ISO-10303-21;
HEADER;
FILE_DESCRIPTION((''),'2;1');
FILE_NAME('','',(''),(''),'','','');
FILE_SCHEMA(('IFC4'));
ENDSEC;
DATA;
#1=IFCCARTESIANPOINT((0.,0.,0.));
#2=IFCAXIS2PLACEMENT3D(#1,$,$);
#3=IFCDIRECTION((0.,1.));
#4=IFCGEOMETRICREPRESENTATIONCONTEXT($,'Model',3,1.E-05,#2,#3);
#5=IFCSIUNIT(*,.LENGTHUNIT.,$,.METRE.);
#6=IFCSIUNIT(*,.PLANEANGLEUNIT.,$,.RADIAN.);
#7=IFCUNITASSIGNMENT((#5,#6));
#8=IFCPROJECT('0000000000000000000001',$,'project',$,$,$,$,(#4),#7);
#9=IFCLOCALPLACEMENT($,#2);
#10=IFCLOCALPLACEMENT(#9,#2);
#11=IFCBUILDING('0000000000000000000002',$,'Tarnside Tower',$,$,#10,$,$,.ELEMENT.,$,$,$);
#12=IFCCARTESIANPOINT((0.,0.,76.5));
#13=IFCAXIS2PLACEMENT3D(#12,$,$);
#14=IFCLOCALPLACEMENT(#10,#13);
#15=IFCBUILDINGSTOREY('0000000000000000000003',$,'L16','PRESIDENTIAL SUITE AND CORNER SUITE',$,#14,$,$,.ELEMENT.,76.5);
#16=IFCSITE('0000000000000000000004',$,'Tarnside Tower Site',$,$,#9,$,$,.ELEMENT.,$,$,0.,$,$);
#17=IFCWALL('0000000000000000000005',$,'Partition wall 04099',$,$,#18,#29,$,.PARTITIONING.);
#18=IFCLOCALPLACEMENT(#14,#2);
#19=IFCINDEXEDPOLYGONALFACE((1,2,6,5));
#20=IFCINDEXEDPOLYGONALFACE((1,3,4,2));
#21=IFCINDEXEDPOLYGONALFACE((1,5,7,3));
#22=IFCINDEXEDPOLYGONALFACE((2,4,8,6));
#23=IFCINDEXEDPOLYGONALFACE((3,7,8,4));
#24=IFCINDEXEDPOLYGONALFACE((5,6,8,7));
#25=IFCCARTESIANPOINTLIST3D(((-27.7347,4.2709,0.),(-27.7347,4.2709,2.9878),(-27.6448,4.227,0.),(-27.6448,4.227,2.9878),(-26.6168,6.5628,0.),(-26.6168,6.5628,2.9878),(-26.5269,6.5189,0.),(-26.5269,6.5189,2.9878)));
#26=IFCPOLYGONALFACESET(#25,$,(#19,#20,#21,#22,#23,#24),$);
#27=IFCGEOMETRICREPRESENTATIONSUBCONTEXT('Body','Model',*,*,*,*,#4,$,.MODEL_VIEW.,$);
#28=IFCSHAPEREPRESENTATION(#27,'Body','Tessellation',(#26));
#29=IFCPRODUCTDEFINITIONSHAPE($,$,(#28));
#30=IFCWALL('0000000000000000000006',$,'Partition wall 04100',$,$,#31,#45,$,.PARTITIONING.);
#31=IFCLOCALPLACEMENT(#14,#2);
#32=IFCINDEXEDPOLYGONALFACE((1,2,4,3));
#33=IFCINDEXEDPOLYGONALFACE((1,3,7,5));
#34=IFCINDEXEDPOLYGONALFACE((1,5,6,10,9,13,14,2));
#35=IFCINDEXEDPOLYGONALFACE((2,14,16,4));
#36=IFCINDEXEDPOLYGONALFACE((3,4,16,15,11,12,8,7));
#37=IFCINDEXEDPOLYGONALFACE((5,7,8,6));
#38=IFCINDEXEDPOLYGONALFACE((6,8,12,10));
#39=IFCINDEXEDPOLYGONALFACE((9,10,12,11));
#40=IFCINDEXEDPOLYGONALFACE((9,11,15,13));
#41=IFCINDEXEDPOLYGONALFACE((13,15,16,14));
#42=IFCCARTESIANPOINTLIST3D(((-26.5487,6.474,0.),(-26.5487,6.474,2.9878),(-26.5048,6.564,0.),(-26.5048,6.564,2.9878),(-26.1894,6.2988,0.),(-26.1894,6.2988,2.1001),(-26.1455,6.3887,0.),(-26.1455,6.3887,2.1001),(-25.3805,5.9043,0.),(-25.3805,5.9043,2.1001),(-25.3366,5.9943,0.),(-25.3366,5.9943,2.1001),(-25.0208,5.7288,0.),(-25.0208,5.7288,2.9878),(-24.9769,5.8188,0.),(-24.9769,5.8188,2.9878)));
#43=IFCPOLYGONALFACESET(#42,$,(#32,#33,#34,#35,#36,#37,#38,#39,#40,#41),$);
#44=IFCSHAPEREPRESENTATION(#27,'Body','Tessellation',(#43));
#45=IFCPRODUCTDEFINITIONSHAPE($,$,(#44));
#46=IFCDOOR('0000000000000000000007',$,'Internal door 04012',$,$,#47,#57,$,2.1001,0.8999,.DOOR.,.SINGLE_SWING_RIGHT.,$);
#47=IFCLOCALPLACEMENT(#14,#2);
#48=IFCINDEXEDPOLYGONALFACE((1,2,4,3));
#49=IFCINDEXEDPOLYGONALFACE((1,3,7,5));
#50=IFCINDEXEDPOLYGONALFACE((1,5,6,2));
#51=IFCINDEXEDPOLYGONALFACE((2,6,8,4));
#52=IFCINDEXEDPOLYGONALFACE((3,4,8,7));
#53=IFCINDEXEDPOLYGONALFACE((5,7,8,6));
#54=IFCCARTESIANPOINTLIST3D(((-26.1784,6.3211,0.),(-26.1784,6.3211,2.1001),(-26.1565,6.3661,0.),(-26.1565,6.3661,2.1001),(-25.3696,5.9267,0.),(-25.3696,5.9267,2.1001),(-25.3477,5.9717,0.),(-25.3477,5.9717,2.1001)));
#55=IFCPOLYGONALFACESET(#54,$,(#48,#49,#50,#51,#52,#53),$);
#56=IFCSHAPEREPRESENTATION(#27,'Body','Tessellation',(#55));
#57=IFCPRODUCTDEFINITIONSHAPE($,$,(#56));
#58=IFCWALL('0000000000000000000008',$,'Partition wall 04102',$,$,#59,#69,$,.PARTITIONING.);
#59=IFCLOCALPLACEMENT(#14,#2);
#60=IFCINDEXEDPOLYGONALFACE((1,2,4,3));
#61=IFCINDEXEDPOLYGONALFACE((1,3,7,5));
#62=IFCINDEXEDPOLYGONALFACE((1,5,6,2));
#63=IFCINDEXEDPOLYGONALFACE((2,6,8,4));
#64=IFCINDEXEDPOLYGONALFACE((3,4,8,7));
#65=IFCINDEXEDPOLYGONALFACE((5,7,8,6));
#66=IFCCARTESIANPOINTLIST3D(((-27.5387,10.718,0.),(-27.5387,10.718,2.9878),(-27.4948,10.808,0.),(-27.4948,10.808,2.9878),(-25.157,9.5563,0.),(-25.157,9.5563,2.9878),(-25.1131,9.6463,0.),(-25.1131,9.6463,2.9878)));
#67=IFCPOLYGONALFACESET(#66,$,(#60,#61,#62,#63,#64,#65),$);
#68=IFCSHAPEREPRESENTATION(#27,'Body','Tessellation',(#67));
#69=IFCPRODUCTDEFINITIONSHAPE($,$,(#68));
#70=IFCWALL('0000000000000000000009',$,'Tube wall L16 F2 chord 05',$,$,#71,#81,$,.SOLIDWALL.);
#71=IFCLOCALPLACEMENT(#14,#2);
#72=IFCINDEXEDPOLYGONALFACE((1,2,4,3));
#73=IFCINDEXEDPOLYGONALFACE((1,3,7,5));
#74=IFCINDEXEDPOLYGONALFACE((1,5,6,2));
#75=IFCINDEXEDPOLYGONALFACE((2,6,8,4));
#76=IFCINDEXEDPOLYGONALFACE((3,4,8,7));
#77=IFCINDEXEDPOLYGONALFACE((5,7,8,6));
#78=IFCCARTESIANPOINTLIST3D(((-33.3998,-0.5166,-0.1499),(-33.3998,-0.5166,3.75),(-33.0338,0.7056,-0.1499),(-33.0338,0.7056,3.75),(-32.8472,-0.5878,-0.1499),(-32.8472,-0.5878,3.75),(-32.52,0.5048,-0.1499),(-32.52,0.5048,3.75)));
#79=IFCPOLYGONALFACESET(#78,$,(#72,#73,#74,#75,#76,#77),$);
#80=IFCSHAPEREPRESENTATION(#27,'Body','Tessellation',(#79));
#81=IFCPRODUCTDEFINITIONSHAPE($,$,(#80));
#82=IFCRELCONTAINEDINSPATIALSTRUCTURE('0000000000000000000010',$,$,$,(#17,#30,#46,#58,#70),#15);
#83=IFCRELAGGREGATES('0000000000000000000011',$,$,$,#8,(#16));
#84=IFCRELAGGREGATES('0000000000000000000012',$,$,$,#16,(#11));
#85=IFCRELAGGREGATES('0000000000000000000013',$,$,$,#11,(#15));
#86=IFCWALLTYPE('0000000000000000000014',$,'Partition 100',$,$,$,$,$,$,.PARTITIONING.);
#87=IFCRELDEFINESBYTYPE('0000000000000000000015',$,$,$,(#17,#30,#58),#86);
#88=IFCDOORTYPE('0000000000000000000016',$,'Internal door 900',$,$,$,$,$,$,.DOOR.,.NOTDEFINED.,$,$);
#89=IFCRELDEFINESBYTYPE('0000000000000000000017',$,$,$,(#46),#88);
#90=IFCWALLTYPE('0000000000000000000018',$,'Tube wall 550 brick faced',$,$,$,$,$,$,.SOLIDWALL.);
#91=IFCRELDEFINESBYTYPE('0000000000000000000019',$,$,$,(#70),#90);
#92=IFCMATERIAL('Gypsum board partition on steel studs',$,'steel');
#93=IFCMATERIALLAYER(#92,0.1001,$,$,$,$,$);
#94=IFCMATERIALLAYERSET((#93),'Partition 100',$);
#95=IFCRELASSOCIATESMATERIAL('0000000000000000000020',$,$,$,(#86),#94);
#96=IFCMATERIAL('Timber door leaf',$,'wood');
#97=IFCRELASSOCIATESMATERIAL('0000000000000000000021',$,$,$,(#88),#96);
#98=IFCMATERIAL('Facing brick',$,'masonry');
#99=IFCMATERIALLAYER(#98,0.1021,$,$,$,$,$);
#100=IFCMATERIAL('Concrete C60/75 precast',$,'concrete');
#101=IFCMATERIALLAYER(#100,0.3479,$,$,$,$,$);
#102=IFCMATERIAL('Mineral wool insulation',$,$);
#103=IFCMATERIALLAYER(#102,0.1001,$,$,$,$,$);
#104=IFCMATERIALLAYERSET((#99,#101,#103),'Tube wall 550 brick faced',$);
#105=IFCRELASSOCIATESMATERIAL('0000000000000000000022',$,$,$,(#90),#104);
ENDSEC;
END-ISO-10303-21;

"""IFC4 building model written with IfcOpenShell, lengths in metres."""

from ifc_helpers import new_model, si_unit, direction, frame, frame_2d, origin, place, context, subcontext, project, spatial, polyline, rectangle, outline, extrude, material, layer, layer_set, type_object, element, fill, save


model = new_model("IFC4")

# Units and contexts
model_context = context("Model", 3, precision=1e-05, world=origin(), true_north=direction((0.0, 1.0)))
body_context = subcontext(model_context, "Body", "Model", "MODEL_VIEW")
ifc_project = project(units=[si_unit("LENGTHUNIT", "METRE"), si_unit("PLANEANGLEUNIT", "RADIAN")], contexts=[model_context])

# Site, building, storey
site_placement = place(None, origin())
site = spatial("IfcSite", under=ifc_project, at=site_placement, Name="Tarnside Tower Site", CompositionType="ELEMENT", RefElevation=0.0)
building_placement = place(site_placement, origin())
building = spatial("IfcBuilding", under=site, at=building_placement, Name="Tarnside Tower", CompositionType="ELEMENT")
storey_placement = place(building_placement, frame((0.0, 0.0, 76.5)))
storey = spatial("IfcBuildingStorey", under=building, at=storey_placement, Name="L16", Description="PRESIDENTIAL SUITE AND CORNER SUITE", CompositionType="ELEMENT", Elevation=76.5)

# Shared definitions
ifc_material_1 = material(Name="Gypsum board partition on steel studs", Category="steel")

# Shared definitions
ifc_material_2 = material(Name="Timber door leaf", Category="wood")

# Wall
ifc_layer_1 = layer(ifc_material_1, 0.1001)
ifc_layer_set_1 = layer_set([ifc_layer_1], Name="Partition 100")
wall_type_1 = type_object("IfcWallType", Name="Partition 100", PredefinedType="PARTITIONING", material=ifc_layer_set_1)
wall_1_placement = place(storey_placement, frame((-27.6897, 4.249, 0.0), z_axis=(0.0, 0.0, 1.0), x_axis=(0.438384, 0.898788, 0.0)))
element("IfcWall", 1, at=wall_1_placement, inside=storey, type_object=wall_type_1, Name="Partition wall 04099", PredefinedType="PARTITIONING", context=body_context, shape_type="SweptSolid", body=[
    extrude(rectangle(XDim=2.55, YDim=0.1001, at=frame_2d((1.2749, 0.0))), origin(), (0.0, 0.0, 1.0), 2.9878),
])

# Wall, opening, door
wall_2_placement = place(storey_placement, frame((-26.5269, 6.519, 0.0), z_axis=(0.0, 0.0, 1.0), x_axis=(0.898807, -0.438344, 0.0)))
wall_2 = element("IfcWall", 2, at=wall_2_placement, inside=storey, type_object=wall_type_1, Name="Partition wall 04100", PredefinedType="PARTITIONING", context=body_context, shape_type="SweptSolid", body=[
    extrude(rectangle(XDim=1.7, YDim=0.1001, at=frame_2d((0.8501, 0.0))), origin(), (0.0, 0.0, 1.0), 2.9878),
])
opening_1_placement = place(wall_2_placement, frame((0.3999, 0.0, 0.0)))
opening_1 = element("IfcOpeningElement", 3, at=opening_1_placement, cuts=wall_2, PredefinedType="OPENING", context=body_context, shape_type="SweptSolid", body=[
    extrude(rectangle(XDim=0.8999, YDim=2.1001, at=frame_2d((0.45, 1.05))), frame((0.0, 0.0601, 0.0), z_axis=(0.0, -1.0, 0.0), x_axis=(1.0, 0.0, 0.0)), (0.0, 0.0, 1.0), 0.1201),
])
door_type_1 = type_object("IfcDoorType", Name="Internal door 900", OperationType="NOTDEFINED", PredefinedType="DOOR", material=ifc_material_2)
door_1_placement = place(opening_1_placement, origin())
door_1 = element("IfcDoor", 4, at=door_1_placement, inside=storey, type_object=door_type_1, Name="Internal door 04012", OperationType="SINGLE_SWING_RIGHT", OverallHeight=2.1001, OverallWidth=0.8999, PredefinedType="DOOR", context=body_context, shape_type="SweptSolid", body=[
    extrude(rectangle(XDim=0.8999, YDim=2.1001, at=frame_2d((0.45, 1.05))), frame((0.0, 0.0249, 0.0), z_axis=(0.0, -1.0, 0.0), x_axis=(1.0, 0.0, 0.0)), (0.0, 0.0, 1.0), 0.05),
])
fill(opening_1, door_1)

# Walls
wall_3_placement = place(storey_placement, frame((-25.135, 9.6013, 0.0), z_axis=(0.0, 0.0, 1.0), x_axis=(-0.898788, 0.438384, 0.0)))
element("IfcWall", 5, at=wall_3_placement, inside=storey, type_object=wall_type_1, Name="Partition wall 04102", PredefinedType="PARTITIONING", context=body_context, shape_type="SweptSolid", body=[
    extrude(rectangle(XDim=2.6499, YDim=0.1001, at=frame_2d((1.325, 0.0))), origin(), (0.0, 0.0, 1.0), 2.9878),
])
ifc_material_3 = material(Name="Facing brick", Category="masonry")
ifc_layer_2 = layer(ifc_material_3, 0.1021)
ifc_material_4 = material(Name="Concrete C60/75 precast", Category="concrete")
ifc_layer_3 = layer(ifc_material_4, 0.3479)
ifc_material_5 = material(Name="Mineral wool insulation")
ifc_layer_4 = layer(ifc_material_5, 0.1001)
ifc_layer_set_2 = layer_set([ifc_layer_2, ifc_layer_3, ifc_layer_4], Name="Tube wall 550 brick faced")
wall_type_2 = type_object("IfcWallType", Name="Tube wall 550 brick faced", PredefinedType="SOLIDWALL", material=ifc_layer_set_2)
wall_4_placement = place(storey_placement, frame((-32.7769, 0.6052, -0.1499), z_axis=(0.0, 0.0, 1.0), x_axis=(-0.286921, -0.957954, 0.0)))
element("IfcWall", 6, at=wall_4_placement, inside=storey, type_object=wall_type_2, Name="Tube wall L16 F2 chord 05", PredefinedType="SOLIDWALL", context=body_context, shape_type="SweptSolid", body=[
    extrude(outline(polyline([(-0.0225, -0.2749), (1.2534, -0.2749), (1.1631, 0.2749), (0.0225, 0.2749), (-0.0225, -0.2749)])), origin(), (0.0, 0.0, 1.0), 3.8999),
])

save(model, "model.ifc")
